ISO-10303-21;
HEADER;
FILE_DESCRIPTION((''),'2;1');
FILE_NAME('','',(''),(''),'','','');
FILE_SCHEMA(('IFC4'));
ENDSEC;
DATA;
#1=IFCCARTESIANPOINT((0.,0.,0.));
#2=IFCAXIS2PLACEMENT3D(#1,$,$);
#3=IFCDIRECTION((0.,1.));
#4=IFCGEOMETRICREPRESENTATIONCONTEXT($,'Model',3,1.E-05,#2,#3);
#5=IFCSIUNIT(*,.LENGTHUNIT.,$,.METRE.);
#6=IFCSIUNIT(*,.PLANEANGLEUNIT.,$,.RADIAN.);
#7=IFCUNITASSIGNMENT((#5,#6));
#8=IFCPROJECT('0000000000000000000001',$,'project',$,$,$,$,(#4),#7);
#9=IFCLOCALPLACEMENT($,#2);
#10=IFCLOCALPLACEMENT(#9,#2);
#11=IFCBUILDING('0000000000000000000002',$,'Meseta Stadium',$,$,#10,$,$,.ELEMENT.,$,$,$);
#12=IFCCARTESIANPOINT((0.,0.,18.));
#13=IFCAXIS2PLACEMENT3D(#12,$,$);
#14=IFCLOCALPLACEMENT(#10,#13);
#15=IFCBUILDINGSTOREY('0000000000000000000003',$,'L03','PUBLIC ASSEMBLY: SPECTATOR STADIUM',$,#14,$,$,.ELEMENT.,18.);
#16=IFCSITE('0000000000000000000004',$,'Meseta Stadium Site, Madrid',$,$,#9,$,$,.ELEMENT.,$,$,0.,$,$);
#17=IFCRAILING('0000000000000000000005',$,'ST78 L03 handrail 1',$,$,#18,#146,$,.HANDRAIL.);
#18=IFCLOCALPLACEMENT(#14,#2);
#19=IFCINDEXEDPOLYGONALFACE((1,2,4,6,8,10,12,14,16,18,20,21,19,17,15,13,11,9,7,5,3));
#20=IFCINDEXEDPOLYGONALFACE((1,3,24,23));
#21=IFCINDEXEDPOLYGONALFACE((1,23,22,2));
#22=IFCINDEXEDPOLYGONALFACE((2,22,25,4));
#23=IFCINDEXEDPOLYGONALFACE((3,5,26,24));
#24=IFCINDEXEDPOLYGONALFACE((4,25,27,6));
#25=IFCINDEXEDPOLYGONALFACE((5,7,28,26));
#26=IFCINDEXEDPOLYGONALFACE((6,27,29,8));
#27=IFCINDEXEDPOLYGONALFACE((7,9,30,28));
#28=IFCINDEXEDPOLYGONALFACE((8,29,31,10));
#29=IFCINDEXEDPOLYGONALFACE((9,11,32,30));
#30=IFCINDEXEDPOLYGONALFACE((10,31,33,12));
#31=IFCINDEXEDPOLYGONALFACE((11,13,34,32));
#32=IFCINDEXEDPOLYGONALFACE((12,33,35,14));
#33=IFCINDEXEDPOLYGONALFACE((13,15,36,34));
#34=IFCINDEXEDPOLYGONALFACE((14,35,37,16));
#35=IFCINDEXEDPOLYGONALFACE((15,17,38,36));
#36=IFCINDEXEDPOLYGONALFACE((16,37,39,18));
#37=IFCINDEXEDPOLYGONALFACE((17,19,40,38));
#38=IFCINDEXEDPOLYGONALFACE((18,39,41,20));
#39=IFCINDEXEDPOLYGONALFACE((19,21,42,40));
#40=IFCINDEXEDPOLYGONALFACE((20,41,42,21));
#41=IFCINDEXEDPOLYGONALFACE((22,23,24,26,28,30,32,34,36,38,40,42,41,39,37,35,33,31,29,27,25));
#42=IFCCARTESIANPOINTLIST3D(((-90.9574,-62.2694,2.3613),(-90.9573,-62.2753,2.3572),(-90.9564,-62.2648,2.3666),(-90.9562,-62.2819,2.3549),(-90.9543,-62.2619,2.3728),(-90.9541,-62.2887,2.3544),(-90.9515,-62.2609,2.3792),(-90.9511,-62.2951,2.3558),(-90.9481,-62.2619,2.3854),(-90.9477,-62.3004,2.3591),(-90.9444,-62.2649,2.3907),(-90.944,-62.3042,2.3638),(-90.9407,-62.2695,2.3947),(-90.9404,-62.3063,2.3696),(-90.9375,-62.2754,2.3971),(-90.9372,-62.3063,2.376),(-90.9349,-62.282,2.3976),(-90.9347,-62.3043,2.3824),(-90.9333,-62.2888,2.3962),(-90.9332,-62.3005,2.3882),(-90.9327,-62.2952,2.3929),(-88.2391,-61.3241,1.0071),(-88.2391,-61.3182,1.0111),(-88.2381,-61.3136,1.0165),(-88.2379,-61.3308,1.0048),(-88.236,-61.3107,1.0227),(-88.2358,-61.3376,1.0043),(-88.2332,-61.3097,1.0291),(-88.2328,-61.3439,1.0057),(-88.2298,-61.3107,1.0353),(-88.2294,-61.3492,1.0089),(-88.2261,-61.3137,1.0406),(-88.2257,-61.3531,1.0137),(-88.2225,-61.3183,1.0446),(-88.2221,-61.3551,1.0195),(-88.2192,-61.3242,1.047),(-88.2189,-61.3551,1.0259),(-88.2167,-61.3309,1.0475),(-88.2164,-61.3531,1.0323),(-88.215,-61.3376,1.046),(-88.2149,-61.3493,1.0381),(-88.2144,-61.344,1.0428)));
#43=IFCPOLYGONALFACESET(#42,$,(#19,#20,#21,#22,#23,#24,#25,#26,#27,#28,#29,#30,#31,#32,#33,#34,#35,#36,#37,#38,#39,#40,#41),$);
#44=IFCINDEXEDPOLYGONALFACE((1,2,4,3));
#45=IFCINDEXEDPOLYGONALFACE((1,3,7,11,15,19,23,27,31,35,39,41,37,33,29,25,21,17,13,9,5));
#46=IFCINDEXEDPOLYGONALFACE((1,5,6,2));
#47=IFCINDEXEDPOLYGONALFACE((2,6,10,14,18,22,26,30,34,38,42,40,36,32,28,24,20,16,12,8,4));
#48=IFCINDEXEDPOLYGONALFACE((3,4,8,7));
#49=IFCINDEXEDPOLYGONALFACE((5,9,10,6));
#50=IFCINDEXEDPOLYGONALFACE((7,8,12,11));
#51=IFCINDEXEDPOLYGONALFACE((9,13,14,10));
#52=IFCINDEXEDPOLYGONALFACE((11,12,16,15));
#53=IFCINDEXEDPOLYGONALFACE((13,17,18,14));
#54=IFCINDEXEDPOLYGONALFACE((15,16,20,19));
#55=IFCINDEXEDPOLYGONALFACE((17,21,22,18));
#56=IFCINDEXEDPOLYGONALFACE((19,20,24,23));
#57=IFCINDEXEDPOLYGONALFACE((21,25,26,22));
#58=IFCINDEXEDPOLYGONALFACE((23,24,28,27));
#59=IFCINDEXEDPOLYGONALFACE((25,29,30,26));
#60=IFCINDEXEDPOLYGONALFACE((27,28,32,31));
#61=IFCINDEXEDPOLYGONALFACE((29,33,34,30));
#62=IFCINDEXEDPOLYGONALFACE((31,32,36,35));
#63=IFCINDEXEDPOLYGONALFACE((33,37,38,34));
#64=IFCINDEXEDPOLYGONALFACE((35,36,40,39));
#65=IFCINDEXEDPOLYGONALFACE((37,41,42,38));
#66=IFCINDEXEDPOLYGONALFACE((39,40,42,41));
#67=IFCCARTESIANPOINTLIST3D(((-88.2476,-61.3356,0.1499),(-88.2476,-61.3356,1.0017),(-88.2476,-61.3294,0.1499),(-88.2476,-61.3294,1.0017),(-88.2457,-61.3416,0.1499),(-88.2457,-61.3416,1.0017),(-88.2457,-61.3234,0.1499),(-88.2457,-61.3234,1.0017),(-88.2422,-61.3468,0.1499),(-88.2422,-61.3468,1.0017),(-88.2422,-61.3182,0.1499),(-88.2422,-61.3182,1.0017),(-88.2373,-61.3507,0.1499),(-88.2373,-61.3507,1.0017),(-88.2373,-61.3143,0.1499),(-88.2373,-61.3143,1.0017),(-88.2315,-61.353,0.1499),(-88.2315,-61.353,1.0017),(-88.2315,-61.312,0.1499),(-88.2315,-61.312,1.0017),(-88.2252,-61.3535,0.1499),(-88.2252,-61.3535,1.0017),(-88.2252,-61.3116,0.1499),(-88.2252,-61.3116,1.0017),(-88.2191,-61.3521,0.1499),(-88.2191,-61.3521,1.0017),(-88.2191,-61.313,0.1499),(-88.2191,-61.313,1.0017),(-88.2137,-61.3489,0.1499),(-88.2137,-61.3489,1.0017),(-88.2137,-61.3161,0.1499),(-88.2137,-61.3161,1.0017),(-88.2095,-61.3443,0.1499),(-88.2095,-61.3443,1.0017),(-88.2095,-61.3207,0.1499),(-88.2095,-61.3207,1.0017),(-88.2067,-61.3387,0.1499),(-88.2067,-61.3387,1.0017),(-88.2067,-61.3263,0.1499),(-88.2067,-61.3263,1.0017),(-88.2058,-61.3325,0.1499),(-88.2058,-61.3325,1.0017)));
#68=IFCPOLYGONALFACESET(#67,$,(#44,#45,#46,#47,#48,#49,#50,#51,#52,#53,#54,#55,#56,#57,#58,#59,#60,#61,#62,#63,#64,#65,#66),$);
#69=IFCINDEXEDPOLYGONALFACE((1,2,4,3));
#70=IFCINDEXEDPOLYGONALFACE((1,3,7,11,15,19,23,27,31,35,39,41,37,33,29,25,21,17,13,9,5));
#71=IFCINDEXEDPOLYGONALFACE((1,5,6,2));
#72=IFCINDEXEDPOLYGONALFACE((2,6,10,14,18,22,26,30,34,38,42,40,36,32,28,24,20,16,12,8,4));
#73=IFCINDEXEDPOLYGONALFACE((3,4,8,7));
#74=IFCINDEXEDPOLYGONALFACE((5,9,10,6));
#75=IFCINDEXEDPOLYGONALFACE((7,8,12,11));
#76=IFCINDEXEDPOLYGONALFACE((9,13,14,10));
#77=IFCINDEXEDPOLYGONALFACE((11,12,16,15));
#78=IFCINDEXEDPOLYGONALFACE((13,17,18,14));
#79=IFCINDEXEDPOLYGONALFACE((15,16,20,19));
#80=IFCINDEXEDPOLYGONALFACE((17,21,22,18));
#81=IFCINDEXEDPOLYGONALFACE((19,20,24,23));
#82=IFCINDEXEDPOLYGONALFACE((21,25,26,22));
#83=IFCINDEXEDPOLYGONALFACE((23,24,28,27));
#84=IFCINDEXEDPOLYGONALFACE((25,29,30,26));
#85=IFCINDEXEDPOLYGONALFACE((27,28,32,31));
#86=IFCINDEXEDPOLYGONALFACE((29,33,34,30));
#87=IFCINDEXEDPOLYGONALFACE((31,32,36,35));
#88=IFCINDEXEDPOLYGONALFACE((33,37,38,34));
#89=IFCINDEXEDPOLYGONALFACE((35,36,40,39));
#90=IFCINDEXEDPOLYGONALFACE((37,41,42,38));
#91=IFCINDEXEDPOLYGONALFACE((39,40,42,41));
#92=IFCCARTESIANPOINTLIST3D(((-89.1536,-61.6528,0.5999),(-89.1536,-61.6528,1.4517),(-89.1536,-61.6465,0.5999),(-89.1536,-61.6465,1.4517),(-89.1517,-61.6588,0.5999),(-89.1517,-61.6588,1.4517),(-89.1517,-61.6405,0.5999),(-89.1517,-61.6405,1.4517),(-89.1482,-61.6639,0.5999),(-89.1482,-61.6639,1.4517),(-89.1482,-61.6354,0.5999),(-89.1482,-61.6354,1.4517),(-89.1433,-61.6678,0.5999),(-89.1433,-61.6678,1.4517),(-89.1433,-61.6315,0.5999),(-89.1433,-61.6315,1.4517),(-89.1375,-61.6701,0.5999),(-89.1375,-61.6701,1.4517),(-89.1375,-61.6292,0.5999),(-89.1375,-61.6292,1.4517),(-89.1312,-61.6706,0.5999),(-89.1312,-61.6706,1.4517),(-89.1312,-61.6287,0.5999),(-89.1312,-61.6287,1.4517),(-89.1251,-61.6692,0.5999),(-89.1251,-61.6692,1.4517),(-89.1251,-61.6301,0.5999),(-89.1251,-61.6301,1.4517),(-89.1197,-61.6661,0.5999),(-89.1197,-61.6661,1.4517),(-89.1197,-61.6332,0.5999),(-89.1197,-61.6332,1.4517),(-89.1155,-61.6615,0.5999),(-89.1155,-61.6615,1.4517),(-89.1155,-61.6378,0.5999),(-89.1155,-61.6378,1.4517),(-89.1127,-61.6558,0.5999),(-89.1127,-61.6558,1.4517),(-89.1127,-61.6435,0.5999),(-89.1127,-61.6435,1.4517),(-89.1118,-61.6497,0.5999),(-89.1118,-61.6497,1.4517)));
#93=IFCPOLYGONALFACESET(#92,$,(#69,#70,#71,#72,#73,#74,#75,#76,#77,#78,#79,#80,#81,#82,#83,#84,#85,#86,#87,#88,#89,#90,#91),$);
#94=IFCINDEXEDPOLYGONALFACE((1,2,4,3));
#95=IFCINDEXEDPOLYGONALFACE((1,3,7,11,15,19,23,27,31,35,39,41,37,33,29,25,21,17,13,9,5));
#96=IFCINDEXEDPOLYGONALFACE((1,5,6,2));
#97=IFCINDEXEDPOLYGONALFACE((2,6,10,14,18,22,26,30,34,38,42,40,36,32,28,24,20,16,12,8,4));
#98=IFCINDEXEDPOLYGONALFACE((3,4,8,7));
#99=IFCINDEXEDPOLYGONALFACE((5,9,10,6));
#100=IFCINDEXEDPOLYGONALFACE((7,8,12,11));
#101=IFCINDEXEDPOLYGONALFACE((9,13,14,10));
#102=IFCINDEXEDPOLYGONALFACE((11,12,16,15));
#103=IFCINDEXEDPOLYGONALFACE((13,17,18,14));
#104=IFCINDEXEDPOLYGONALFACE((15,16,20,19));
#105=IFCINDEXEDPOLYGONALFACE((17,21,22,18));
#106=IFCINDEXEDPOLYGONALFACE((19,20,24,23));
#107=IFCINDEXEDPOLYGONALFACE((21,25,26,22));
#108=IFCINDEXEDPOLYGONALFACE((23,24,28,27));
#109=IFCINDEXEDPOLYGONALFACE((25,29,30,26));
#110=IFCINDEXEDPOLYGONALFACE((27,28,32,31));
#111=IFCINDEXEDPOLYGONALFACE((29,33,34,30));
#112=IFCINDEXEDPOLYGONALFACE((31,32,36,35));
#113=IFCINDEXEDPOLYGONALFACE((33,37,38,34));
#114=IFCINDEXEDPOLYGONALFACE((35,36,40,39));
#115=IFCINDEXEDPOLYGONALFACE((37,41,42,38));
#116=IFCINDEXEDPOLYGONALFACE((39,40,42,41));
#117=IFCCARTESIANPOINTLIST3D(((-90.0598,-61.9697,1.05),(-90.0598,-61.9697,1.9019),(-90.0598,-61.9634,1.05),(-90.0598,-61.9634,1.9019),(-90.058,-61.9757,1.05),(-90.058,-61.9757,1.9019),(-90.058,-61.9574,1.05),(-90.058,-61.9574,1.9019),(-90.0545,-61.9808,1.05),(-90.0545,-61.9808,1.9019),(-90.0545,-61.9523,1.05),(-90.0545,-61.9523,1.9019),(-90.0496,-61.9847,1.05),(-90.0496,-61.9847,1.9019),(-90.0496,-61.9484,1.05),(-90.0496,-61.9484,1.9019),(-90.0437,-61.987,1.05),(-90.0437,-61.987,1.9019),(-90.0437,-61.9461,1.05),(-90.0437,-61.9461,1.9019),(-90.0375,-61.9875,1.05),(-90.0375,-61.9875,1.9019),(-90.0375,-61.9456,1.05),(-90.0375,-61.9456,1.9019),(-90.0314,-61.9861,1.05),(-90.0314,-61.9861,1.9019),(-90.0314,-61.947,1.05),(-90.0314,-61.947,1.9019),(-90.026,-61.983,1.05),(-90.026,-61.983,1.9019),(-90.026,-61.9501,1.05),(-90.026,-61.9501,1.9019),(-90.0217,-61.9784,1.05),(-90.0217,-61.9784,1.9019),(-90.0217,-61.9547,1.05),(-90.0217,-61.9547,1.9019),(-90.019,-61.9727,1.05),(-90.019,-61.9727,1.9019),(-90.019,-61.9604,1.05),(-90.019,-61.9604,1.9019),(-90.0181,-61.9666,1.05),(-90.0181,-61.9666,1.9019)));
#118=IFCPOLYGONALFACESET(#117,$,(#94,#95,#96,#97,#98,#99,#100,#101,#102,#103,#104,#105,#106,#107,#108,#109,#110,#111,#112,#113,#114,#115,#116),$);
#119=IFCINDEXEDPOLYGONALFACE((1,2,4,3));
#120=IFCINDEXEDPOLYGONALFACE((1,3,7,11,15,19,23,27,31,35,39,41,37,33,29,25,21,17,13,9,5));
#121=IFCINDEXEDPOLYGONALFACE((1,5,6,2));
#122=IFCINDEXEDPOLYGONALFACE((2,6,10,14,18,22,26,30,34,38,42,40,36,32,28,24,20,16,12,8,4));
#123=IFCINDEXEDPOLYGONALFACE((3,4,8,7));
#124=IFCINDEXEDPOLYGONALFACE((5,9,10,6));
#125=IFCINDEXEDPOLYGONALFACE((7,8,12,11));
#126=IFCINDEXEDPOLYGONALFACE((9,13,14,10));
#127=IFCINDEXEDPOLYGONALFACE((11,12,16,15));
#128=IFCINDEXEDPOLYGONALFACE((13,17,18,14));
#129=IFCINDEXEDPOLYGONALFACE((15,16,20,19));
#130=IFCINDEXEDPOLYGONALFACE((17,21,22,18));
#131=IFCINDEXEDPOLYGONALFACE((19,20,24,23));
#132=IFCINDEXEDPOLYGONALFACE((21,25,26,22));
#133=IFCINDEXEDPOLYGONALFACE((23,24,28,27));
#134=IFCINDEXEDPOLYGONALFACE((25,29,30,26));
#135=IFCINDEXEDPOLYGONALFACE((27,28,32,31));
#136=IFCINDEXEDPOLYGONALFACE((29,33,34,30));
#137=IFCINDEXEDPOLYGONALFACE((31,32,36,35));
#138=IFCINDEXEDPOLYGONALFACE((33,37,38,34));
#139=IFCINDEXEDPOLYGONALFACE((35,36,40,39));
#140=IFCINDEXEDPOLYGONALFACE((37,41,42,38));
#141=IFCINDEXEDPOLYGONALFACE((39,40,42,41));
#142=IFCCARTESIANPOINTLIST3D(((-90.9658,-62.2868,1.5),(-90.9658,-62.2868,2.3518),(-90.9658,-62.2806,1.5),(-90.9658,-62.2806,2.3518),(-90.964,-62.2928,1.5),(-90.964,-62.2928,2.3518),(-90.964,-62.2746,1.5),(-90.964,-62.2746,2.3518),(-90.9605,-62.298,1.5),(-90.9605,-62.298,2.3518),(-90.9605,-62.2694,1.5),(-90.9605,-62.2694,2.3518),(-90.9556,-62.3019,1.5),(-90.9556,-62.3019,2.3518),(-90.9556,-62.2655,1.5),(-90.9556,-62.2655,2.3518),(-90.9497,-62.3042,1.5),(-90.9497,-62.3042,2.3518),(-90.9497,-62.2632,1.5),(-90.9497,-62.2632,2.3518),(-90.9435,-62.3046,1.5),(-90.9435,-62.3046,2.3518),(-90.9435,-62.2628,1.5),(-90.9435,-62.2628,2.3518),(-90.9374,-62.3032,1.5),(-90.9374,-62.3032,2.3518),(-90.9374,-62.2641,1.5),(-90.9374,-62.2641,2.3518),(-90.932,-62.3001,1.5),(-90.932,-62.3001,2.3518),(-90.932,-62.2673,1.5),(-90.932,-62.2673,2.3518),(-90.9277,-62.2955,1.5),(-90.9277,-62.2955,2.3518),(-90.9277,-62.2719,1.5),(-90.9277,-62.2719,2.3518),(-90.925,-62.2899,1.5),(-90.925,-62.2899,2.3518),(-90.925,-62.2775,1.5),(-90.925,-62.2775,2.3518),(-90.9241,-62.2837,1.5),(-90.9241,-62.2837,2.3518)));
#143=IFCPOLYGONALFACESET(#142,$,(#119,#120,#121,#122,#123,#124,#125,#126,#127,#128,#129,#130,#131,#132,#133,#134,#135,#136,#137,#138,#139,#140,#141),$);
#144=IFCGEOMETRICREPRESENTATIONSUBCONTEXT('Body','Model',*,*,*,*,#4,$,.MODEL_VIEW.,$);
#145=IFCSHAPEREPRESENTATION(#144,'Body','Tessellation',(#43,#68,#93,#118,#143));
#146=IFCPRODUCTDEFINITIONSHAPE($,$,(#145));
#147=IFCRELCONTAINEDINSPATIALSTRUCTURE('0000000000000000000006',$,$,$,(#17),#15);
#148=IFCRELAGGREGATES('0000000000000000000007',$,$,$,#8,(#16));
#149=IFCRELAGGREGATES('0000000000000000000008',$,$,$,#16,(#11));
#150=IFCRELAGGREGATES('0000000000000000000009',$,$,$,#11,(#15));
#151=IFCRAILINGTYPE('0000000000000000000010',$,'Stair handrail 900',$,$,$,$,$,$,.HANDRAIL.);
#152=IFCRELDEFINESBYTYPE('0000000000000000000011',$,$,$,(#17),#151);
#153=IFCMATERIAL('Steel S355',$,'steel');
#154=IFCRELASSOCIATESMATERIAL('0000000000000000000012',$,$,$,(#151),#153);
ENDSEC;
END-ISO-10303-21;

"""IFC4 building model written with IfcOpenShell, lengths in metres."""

from ifc_helpers import new_model, si_unit, direction, frame, origin, origin_2d, place, context, subcontext, project, spatial, circle, extrude, material, type_object, element, save


model = new_model("IFC4")

# Units and contexts
model_context = context("Model", 3, precision=1e-05, world=origin(), true_north=direction((0.0, 1.0)))
body_context = subcontext(model_context, "Body", "Model", "MODEL_VIEW")
ifc_project = project(units=[si_unit("LENGTHUNIT", "METRE"), si_unit("PLANEANGLEUNIT", "RADIAN")], contexts=[model_context])

# Site, building, storey
site_placement = place(None, origin())
site = spatial("IfcSite", under=ifc_project, at=site_placement, Name="Meseta Stadium Site, Madrid", CompositionType="ELEMENT", RefElevation=0.0)
building_placement = place(site_placement, origin())
building = spatial("IfcBuilding", under=site, at=building_placement, Name="Meseta Stadium", CompositionType="ELEMENT")
storey_placement = place(building_placement, frame((0.0, 0.0, 18.0)))
storey = spatial("IfcBuildingStorey", under=building, at=storey_placement, Name="L03", Description="PUBLIC ASSEMBLY: SPECTATOR STADIUM", CompositionType="ELEMENT", Elevation=18.0)

# Railing
ifc_material_1 = material(Name="Steel S355", Category="steel")
railing_type_1 = type_object("IfcRailingType", Name="Stair handrail 900", PredefinedType="HANDRAIL", material=ifc_material_1)
for number, where, name in (
    (1, (-88.2268, -61.3325, 0.1499), "ST78 L03 handrail 1"),
):
    element("IfcRailing", number, at=place(storey_placement, frame(where)), inside=storey, type_object=railing_type_1, Name=name, PredefinedType="HANDRAIL", context=body_context, shape_type="SweptSolid", body=[
        extrude(circle(Radius=0.0239, at=origin_2d()), frame((0.0, 0.0, 0.876), z_axis=(-0.854629, -0.299051, 0.424474), x_axis=(0.330282, -0.943882, 0.0)), (0.0, 0.0, 1.0), 3.1807),
        extrude(circle(Radius=0.021, at=origin_2d()), origin(), (0.0, 0.0, 1.0), 0.8518),
        extrude(circle(Radius=0.021, at=origin_2d()), frame((-0.906, -0.3171, 0.45)), (0.0, 0.0, 1.0), 0.8518),
        extrude(circle(Radius=0.021, at=origin_2d()), frame((-1.8123, -0.634, 0.9001)), (0.0, 0.0, 1.0), 0.8518),
        extrude(circle(Radius=0.021, at=origin_2d()), frame((-2.7183, -0.9512, 1.3501)), (0.0, 0.0, 1.0), 0.8518),
    ])

save(model, "model.ifc")
